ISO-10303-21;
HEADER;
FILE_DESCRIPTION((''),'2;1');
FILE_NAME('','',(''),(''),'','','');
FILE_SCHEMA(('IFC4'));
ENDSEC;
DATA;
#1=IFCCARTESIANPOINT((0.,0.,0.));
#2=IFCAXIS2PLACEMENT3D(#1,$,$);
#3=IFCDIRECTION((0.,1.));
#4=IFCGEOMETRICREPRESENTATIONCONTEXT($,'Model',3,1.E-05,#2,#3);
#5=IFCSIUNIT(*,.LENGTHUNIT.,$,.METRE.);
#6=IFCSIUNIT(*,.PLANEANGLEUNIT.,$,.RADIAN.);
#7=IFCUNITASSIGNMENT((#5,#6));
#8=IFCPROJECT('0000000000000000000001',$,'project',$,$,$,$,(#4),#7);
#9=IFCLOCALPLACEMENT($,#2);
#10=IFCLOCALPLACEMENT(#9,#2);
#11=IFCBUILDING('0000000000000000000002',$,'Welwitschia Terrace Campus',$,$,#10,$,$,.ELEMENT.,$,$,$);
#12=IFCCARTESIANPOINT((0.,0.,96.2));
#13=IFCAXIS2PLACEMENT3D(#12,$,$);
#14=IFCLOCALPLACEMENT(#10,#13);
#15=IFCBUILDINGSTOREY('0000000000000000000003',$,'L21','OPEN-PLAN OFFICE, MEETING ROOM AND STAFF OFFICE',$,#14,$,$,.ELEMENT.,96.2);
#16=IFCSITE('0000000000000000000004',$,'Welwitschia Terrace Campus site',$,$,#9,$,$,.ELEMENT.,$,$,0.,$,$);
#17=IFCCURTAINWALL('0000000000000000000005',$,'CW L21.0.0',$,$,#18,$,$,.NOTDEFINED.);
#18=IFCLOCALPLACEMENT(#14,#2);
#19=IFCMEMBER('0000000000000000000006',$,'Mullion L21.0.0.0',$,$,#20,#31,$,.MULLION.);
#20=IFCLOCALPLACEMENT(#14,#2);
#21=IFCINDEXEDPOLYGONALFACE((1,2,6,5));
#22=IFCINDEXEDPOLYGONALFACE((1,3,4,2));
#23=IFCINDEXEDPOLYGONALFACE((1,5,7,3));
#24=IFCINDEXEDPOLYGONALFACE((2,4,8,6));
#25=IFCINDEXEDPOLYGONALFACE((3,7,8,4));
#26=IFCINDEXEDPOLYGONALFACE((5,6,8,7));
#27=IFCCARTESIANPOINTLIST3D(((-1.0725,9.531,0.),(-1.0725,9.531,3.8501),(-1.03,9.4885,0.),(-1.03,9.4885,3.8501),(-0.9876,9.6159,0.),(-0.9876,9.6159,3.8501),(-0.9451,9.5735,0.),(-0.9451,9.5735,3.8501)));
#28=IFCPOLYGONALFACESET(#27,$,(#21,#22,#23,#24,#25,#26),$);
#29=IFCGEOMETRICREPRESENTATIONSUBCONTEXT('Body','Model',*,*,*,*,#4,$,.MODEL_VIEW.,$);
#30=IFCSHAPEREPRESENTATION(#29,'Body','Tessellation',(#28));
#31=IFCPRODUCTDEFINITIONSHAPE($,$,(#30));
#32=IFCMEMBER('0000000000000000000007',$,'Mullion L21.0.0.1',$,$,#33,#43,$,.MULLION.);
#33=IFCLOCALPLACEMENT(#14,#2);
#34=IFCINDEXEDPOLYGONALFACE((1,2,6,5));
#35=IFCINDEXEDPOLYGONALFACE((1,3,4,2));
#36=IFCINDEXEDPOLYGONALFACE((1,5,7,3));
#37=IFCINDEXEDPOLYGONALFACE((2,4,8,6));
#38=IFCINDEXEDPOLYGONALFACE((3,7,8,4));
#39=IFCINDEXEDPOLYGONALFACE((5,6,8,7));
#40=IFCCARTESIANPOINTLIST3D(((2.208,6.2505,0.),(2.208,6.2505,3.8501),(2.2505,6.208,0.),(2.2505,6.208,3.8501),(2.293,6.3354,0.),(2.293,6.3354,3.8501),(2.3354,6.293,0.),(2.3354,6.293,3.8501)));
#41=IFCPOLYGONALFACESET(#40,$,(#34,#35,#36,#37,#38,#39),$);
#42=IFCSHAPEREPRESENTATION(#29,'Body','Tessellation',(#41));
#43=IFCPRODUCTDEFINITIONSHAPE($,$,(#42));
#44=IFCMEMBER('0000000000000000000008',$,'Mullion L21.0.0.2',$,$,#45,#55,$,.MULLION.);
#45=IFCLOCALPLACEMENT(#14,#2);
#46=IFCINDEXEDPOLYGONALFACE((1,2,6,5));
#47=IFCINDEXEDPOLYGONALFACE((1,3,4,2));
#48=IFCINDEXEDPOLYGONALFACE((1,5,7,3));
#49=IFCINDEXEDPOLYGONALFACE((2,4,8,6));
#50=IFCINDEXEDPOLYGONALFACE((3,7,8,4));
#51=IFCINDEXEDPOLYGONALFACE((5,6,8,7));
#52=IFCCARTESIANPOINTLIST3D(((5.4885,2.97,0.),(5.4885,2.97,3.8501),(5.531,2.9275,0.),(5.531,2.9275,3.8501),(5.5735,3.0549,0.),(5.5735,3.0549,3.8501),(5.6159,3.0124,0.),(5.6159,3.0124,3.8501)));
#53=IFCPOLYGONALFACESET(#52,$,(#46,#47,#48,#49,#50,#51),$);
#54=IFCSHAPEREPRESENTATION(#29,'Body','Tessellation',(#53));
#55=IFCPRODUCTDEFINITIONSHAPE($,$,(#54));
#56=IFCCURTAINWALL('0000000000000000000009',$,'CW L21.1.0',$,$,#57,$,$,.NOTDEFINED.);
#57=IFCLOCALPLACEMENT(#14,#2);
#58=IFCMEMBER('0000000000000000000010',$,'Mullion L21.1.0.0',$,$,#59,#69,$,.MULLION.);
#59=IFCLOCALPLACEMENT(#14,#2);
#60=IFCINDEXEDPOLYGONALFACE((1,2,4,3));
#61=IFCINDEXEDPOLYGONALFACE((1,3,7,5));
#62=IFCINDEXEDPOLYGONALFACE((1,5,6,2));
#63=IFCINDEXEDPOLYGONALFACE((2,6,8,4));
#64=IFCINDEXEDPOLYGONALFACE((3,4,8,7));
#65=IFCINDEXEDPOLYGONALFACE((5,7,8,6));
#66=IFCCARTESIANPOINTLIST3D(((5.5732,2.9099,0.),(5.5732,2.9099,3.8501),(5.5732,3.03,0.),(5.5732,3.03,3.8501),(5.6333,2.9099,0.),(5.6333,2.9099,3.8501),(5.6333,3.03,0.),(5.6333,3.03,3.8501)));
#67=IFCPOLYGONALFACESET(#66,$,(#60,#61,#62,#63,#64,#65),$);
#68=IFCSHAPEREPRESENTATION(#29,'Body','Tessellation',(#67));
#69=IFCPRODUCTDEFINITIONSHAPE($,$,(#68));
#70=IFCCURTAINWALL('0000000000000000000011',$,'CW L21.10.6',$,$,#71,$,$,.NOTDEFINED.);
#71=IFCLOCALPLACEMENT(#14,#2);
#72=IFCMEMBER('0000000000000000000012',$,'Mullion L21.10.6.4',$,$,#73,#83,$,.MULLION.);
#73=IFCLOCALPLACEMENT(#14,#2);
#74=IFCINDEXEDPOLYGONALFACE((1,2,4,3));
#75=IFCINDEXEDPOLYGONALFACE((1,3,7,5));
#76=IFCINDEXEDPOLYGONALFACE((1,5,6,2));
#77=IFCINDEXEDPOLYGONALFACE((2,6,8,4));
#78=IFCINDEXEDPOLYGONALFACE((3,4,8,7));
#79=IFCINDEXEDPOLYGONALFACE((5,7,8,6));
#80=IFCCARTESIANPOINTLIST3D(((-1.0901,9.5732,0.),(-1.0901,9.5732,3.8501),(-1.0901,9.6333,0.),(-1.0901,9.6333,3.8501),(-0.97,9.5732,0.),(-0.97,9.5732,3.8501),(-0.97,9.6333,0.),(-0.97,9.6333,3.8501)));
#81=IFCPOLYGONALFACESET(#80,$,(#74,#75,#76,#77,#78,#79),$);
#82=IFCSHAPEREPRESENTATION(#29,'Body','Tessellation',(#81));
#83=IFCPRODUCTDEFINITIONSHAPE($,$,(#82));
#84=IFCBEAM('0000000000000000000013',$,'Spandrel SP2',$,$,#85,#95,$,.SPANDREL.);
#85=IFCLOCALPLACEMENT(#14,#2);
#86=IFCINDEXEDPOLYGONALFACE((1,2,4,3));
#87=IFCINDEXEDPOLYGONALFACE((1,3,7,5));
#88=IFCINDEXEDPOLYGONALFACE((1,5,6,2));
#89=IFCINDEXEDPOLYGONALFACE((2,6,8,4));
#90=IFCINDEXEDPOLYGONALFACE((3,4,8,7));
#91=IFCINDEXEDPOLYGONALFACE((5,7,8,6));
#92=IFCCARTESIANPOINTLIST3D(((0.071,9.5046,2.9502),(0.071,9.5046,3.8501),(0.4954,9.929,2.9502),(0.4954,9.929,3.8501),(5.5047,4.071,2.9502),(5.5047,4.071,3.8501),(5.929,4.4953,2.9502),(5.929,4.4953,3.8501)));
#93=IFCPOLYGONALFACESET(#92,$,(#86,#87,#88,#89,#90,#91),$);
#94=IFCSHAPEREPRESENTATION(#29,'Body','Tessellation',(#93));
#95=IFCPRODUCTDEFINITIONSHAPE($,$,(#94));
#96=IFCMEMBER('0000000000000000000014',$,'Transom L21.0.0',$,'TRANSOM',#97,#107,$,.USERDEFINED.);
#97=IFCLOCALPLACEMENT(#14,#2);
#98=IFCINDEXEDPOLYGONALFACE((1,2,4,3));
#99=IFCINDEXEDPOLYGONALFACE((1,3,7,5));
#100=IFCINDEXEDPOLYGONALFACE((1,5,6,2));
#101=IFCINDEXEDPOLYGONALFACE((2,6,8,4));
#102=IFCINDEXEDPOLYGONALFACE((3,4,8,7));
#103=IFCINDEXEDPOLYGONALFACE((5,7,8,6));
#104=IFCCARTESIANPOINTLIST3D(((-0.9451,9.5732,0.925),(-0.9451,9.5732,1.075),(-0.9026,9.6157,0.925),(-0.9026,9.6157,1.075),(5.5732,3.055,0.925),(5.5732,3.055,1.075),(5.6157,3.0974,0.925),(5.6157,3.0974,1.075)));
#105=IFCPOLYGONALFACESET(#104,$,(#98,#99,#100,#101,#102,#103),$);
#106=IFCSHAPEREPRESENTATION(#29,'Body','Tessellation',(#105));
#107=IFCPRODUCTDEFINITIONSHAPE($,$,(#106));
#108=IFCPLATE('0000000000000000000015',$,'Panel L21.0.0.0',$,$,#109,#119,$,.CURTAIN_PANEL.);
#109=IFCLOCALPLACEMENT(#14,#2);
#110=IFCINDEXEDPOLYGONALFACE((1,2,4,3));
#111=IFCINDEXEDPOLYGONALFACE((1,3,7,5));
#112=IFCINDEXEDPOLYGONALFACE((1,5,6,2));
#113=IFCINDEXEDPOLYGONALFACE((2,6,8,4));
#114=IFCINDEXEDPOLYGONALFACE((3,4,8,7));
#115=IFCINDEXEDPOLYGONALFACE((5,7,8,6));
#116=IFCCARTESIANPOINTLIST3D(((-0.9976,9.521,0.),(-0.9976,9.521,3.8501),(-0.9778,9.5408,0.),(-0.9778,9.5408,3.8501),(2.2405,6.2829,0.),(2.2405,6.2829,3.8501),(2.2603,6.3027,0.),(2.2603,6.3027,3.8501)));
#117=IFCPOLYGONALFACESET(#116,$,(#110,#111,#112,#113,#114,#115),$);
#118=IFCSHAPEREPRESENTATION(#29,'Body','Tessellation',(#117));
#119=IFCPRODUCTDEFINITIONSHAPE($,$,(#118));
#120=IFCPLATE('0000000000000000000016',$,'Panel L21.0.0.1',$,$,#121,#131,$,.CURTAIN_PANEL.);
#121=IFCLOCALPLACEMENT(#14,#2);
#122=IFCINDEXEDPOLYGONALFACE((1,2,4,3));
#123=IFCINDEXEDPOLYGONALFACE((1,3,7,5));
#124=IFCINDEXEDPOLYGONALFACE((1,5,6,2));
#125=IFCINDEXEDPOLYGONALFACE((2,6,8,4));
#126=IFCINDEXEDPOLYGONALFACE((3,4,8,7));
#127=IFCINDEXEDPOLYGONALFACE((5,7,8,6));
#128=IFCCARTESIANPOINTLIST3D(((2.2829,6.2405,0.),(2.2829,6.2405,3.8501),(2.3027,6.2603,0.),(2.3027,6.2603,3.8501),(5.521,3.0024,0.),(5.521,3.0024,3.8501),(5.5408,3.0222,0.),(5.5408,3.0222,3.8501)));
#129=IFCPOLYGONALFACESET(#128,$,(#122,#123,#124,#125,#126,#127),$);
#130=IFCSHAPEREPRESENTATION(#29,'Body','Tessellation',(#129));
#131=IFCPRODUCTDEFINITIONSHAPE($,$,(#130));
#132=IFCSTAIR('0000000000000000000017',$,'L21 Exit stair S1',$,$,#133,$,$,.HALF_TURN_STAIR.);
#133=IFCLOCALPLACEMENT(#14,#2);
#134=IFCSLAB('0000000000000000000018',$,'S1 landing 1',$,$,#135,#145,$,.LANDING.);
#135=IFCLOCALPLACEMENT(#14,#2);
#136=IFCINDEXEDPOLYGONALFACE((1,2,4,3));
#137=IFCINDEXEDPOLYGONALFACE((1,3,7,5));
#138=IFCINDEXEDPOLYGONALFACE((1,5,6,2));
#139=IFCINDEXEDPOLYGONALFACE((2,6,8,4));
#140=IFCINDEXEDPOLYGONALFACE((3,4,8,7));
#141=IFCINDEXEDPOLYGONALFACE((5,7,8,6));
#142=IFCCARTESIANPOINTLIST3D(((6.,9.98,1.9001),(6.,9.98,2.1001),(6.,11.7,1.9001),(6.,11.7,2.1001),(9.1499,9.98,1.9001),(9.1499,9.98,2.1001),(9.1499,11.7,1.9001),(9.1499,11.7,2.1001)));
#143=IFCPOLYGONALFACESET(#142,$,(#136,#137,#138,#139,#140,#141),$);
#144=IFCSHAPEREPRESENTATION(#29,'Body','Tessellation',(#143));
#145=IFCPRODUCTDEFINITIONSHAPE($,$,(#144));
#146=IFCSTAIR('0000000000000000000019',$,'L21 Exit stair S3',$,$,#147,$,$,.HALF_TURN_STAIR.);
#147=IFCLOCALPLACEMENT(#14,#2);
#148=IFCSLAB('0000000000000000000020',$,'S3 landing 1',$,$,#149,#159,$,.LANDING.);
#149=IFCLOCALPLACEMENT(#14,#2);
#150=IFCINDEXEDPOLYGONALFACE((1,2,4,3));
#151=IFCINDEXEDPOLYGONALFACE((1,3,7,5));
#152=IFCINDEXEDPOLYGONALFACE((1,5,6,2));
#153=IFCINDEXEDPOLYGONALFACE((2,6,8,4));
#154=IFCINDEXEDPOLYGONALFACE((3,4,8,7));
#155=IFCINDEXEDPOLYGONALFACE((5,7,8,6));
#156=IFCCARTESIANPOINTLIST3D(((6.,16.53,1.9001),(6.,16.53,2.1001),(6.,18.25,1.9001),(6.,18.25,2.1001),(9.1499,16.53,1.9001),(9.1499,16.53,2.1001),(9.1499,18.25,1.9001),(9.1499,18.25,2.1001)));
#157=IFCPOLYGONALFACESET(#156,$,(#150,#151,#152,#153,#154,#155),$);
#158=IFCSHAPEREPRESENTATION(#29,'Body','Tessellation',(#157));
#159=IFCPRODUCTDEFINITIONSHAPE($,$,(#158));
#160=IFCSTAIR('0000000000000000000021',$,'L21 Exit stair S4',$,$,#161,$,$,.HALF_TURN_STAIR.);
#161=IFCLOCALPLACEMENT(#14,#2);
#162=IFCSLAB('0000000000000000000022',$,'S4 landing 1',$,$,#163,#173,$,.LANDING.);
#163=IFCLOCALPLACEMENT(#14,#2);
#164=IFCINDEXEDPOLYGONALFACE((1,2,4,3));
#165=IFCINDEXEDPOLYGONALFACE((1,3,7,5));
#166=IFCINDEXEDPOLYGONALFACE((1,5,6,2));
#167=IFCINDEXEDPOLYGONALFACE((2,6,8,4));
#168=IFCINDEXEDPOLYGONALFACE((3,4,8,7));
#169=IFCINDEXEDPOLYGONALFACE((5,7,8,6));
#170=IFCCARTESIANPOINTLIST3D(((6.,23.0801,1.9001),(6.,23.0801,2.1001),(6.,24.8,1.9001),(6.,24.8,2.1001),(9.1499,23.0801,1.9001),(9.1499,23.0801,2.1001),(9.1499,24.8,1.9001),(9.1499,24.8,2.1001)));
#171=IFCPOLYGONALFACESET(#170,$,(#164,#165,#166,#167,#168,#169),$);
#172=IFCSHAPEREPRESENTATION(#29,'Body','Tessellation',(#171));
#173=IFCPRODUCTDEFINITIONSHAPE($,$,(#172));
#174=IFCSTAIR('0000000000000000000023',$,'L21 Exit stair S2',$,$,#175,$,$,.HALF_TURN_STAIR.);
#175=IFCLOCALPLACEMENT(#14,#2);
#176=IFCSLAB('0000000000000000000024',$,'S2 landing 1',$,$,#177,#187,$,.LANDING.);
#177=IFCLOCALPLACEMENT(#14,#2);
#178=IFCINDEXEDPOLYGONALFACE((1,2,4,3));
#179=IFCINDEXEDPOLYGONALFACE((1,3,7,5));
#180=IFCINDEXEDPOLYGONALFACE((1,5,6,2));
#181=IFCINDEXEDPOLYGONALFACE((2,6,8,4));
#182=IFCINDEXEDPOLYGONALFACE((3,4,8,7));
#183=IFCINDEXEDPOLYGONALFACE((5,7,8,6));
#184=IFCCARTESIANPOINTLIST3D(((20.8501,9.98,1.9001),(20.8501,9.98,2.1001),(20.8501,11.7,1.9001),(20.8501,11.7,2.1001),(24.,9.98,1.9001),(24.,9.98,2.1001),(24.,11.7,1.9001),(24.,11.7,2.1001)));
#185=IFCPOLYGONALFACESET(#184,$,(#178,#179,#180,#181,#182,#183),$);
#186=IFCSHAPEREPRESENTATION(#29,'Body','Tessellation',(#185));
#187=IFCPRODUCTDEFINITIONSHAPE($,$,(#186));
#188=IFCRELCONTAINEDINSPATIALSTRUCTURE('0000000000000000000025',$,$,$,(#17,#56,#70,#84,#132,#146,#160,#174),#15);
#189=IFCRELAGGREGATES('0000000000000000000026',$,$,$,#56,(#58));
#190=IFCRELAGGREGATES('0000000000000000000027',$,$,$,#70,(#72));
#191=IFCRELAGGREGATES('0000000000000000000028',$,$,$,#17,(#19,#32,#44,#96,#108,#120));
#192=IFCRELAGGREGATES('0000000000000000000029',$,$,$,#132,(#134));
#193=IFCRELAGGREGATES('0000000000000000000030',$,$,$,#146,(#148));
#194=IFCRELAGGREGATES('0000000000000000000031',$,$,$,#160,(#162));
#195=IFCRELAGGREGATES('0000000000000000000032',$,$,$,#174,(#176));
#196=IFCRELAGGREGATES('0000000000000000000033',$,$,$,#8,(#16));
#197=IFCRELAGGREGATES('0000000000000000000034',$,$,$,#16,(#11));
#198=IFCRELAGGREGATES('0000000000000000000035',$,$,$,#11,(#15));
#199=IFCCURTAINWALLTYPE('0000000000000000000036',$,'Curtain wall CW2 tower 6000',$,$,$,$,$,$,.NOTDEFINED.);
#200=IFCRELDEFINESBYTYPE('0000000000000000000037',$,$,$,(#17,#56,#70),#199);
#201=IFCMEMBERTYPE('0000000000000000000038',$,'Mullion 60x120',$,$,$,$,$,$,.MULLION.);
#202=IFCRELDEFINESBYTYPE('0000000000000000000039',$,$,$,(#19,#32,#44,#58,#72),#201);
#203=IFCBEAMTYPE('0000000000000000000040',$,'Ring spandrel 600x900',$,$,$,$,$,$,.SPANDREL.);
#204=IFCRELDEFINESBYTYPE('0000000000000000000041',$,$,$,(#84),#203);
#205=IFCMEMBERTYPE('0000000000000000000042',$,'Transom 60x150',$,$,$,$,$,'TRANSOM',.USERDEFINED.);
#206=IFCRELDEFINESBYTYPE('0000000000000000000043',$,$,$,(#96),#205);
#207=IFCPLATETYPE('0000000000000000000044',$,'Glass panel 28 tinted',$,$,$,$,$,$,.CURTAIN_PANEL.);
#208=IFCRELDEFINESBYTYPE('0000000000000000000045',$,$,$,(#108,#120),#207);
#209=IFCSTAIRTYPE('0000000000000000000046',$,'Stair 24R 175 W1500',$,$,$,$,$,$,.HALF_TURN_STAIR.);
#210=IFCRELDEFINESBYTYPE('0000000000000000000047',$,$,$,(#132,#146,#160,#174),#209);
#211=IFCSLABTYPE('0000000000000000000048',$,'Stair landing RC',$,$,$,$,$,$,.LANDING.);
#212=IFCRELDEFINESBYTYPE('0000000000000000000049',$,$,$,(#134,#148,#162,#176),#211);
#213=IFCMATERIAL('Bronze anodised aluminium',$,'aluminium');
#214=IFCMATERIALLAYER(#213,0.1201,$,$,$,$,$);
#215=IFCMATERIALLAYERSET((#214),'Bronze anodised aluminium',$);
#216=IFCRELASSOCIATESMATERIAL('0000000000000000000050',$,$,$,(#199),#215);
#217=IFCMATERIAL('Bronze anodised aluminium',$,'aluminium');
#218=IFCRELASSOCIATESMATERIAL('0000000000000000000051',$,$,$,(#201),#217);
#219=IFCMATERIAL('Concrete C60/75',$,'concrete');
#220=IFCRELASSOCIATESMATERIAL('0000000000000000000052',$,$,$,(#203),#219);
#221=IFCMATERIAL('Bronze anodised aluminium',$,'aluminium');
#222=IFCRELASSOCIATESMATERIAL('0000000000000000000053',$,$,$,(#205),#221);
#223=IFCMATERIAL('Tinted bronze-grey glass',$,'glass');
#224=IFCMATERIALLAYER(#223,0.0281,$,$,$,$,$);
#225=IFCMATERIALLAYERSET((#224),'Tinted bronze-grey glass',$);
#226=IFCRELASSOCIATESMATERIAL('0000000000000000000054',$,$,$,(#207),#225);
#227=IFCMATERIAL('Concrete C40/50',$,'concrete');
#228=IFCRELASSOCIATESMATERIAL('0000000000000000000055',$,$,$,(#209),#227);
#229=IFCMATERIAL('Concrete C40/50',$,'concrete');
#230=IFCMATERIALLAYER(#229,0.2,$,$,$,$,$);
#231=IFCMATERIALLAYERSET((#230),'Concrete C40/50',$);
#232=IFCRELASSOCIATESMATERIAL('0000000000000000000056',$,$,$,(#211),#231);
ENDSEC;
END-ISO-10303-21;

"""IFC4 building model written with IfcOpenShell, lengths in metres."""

from ifc_helpers import new_model, si_unit, direction, frame, origin, origin_2d, place, context, subcontext, project, spatial, polyline, rectangle, outline, extrude, material, layer, layer_set, material_profile, profile_set, type_object, element, aggregate, save


model = new_model("IFC4")

# Units and contexts
model_context = context("Model", 3, precision=1e-05, world=origin(), true_north=direction((0.0, 1.0)))
body_context = subcontext(model_context, "Body", "Model", "MODEL_VIEW")
ifc_project = project(units=[si_unit("LENGTHUNIT", "METRE"), si_unit("PLANEANGLEUNIT", "RADIAN")], contexts=[model_context])

# Site, building, storey
site_placement = place(None, origin())
site = spatial("IfcSite", under=ifc_project, at=site_placement, Name="Welwitschia Terrace Campus site", CompositionType="ELEMENT", RefElevation=0.0)
building_placement = place(site_placement, origin())
building = spatial("IfcBuilding", under=site, at=building_placement, Name="Welwitschia Terrace Campus", CompositionType="ELEMENT")
storey_placement = place(building_placement, frame((0.0, 0.0, 96.2)))
storey = spatial("IfcBuildingStorey", under=building, at=storey_placement, Name="L21", Description="OPEN-PLAN OFFICE, MEETING ROOM AND STAFF OFFICE", CompositionType="ELEMENT", Elevation=96.2)

# Curtain wall, members
ifc_material_1 = material(Name="Bronze anodised aluminium", Category="aluminium")
ifc_layer_1 = layer(ifc_material_1, 0.1201)
ifc_layer_set_1 = layer_set([ifc_layer_1], Name="Bronze anodised aluminium")
curtain_wall_type = type_object("IfcCurtainWallType", Name="Curtain wall CW2 tower 6000", PredefinedType="NOTDEFINED", material=ifc_layer_set_1)
curtain_wall_1_placement = place(storey_placement, origin())
curtain_wall_1 = element("IfcCurtainWall", 1, at=curtain_wall_1_placement, inside=storey, type_object=curtain_wall_type, Name="CW L21.0.0", PredefinedType="NOTDEFINED")
ifc_material_2 = material(Name="Bronze anodised aluminium", Category="aluminium")
ifc_material_profile_1 = material_profile(ifc_material_2, rectangle(XDim=0.1201, YDim=0.0601, at=origin_2d()))
ifc_profile_set_1 = profile_set([ifc_material_profile_1], Name="Bronze anodised aluminium")
member_type_1 = type_object("IfcMemberType", Name="Mullion 60x120", PredefinedType="MULLION", material=ifc_profile_set_1)
member_1_placement = place(storey_placement, frame((-1.0088, 9.5522, 0.0), z_axis=(0.0, 0.0, 1.0), x_axis=(0.707107, 0.707107, 0.0)))
member_1 = element("IfcMember", 2, at=member_1_placement, type_object=member_type_1, Name="Mullion L21.0.0.0", PredefinedType="MULLION", context=body_context, shape_type="SweptSolid", body=[
    extrude(rectangle(XDim=0.1201, YDim=0.0601, at=origin_2d()), origin(), (0.0, 0.0, 1.0), 3.8501),
])
member_2_placement = place(storey_placement, frame((2.2717, 6.2717, 0.0), z_axis=(0.0, 0.0, 1.0), x_axis=(0.707107, 0.707107, 0.0)))
member_2 = element("IfcMember", 3, at=member_2_placement, type_object=member_type_1, Name="Mullion L21.0.0.1", PredefinedType="MULLION", context=body_context, shape_type="SweptSolid", body=[
    extrude(rectangle(XDim=0.1201, YDim=0.0601, at=origin_2d()), origin(), (0.0, 0.0, 1.0), 3.8501),
])
member_3_placement = place(storey_placement, frame((5.5522, 2.9912, 0.0), z_axis=(0.0, 0.0, 1.0), x_axis=(0.707107, 0.707107, 0.0)))
member_3 = element("IfcMember", 4, at=member_3_placement, type_object=member_type_1, Name="Mullion L21.0.0.2", PredefinedType="MULLION", context=body_context, shape_type="SweptSolid", body=[
    extrude(rectangle(XDim=0.1201, YDim=0.0601, at=origin_2d()), origin(), (0.0, 0.0, 1.0), 3.8501),
])

# Curtain walls, members
curtain_wall_2_placement = place(storey_placement, origin())
curtain_wall_2 = element("IfcCurtainWall", 5, at=curtain_wall_2_placement, inside=storey, type_object=curtain_wall_type, Name="CW L21.1.0", PredefinedType="NOTDEFINED")
member_4_placement = place(storey_placement, frame((5.6033, 2.97, 0.0), z_axis=(0.0, 0.0, 1.0), x_axis=(0.0, 1.0, 0.0)))
member_4 = element("IfcMember", 6, at=member_4_placement, type_object=member_type_1, Name="Mullion L21.1.0.0", PredefinedType="MULLION", context=body_context, shape_type="SweptSolid", body=[
    extrude(rectangle(XDim=0.1201, YDim=0.0601, at=origin_2d()), origin(), (0.0, 0.0, 1.0), 3.8501),
])
aggregate(curtain_wall_2, [member_4])
curtain_wall_3_placement = place(storey_placement, origin())
curtain_wall_3 = element("IfcCurtainWall", 7, at=curtain_wall_3_placement, inside=storey, type_object=curtain_wall_type, Name="CW L21.10.6", PredefinedType="NOTDEFINED")
member_5_placement = place(storey_placement, frame((-1.03, 9.6033, 0.0), z_axis=(0.0, 0.0, 1.0), x_axis=(1.0, 0.0, 0.0)))
member_5 = element("IfcMember", 8, at=member_5_placement, type_object=member_type_1, Name="Mullion L21.10.6.4", PredefinedType="MULLION", context=body_context, shape_type="SweptSolid", body=[
    extrude(rectangle(XDim=0.1201, YDim=0.0601, at=origin_2d()), origin(), (0.0, 0.0, 1.0), 3.8501),
])
aggregate(curtain_wall_3, [member_5])

# Beam
ifc_material_3 = material(Name="Concrete C60/75", Category="concrete")
ifc_material_profile_2 = material_profile(ifc_material_3, rectangle(XDim=0.6001, YDim=0.8999, at=origin_2d()))
ifc_profile_set_2 = profile_set([ifc_material_profile_2], Name="Concrete C60/75")
beam_type = type_object("IfcBeamType", Name="Ring spandrel 600x900", PredefinedType="SPANDREL", material=ifc_profile_set_2)
beam_placement = place(storey_placement, frame((0.2832, 9.7168, 3.4001), z_axis=(0.707107, -0.707107, 0.0), x_axis=(0.707107, 0.707107, 0.0)))
element("IfcBeam", 9, at=beam_placement, inside=storey, type_object=beam_type, Name="Spandrel SP2", PredefinedType="SPANDREL", context=body_context, shape_type="SweptSolid", body=[
    extrude(rectangle(XDim=0.6001, YDim=0.8999, at=origin_2d()), origin(), (0.0, 0.0, 1.0), 7.6843),
])

# Member
ifc_material_4 = material(Name="Bronze anodised aluminium", Category="aluminium")
ifc_material_profile_3 = material_profile(ifc_material_4, rectangle(XDim=0.0601, YDim=0.1499, at=origin_2d()))
ifc_profile_set_3 = profile_set([ifc_material_profile_3], Name="Bronze anodised aluminium")
member_type_2 = type_object("IfcMemberType", Name="Transom 60x150", ElementType="TRANSOM", PredefinedType="USERDEFINED", material=ifc_profile_set_3)
member_6_placement = place(storey_placement, frame((-0.9238, 9.5945, 1.0), z_axis=(0.707107, -0.707107, 0.0), x_axis=(0.707107, 0.707107, 0.0)))
member_6 = element("IfcMember", 10, at=member_6_placement, type_object=member_type_2, Name="Transom L21.0.0", ObjectType="TRANSOM", PredefinedType="USERDEFINED", context=body_context, shape_type="SweptSolid", body=[
    extrude(rectangle(XDim=0.0601, YDim=0.1499, at=origin_2d()), origin(), (0.0, 0.0, 1.0), 9.2183),
])

# Plates
ifc_material_5 = material(Name="Tinted bronze-grey glass", Category="glass")
ifc_layer_2 = layer(ifc_material_5, 0.0281)
ifc_layer_set_2 = layer_set([ifc_layer_2], Name="Tinted bronze-grey glass")
plate_type = type_object("IfcPlateType", Name="Glass panel 28 tinted", PredefinedType="CURTAIN_PANEL", material=ifc_layer_set_2)
plate_1_placement = place(storey_placement, frame((0.6313, 7.9119, 0.0), z_axis=(0.0, 0.0, 1.0), x_axis=(0.707107, -0.707107, 0.0)))
plate_1 = element("IfcPlate", 11, at=plate_1_placement, type_object=plate_type, Name="Panel L21.0.0.0", PredefinedType="CURTAIN_PANEL", context=body_context, shape_type="SweptSolid", body=[
    extrude(rectangle(XDim=4.5793, YDim=0.0281, at=origin_2d()), origin(), (0.0, 0.0, 1.0), 3.8501),
])
plate_2_placement = place(storey_placement, frame((3.9119, 4.6313, 0.0), z_axis=(0.0, 0.0, 1.0), x_axis=(0.707107, -0.707107, 0.0)))
plate_2 = element("IfcPlate", 12, at=plate_2_placement, type_object=plate_type, Name="Panel L21.0.0.1", PredefinedType="CURTAIN_PANEL", context=body_context, shape_type="SweptSolid", body=[
    extrude(rectangle(XDim=4.5793, YDim=0.0281, at=origin_2d()), origin(), (0.0, 0.0, 1.0), 3.8501),
])
aggregate(curtain_wall_1, [member_1, member_2, member_3, member_6, plate_1, plate_2])

# Stairs, slabs
ifc_material_6 = material(Name="Concrete C40/50", Category="concrete")
stair_type = type_object("IfcStairType", Name="Stair 24R 175 W1500", PredefinedType="HALF_TURN_STAIR", material=ifc_material_6)
stair_1_placement = place(storey_placement, origin())
stair_1 = element("IfcStair", 13, at=stair_1_placement, inside=storey, type_object=stair_type, Name="L21 Exit stair S1", PredefinedType="HALF_TURN_STAIR")
ifc_material_7 = material(Name="Concrete C40/50", Category="concrete")
ifc_layer_3 = layer(ifc_material_7, 0.2)
ifc_layer_set_3 = layer_set([ifc_layer_3], Name="Concrete C40/50")
slab_type_1 = type_object("IfcSlabType", Name="Stair landing RC", PredefinedType="LANDING", material=ifc_layer_set_3)
slab_1_placement = place(storey_placement, frame((0.0, 0.0, 1.9001)))
slab_1 = element("IfcSlab", 14, at=slab_1_placement, type_object=slab_type_1, Name="S1 landing 1", PredefinedType="LANDING", context=body_context, shape_type="SweptSolid", body=[
    extrude(outline(polyline([(9.1499, 9.98), (9.1499, 11.7), (6.0, 11.7), (6.0, 9.98), (9.1499, 9.98)])), origin(), (0.0, 0.0, 1.0), 0.2),
])
aggregate(stair_1, [slab_1])
stair_2_placement = place(storey_placement, origin())
stair_2 = element("IfcStair", 15, at=stair_2_placement, inside=storey, type_object=stair_type, Name="L21 Exit stair S3", PredefinedType="HALF_TURN_STAIR")
slab_2_placement = place(storey_placement, frame((0.0, 0.0, 1.9001)))
slab_2 = element("IfcSlab", 16, at=slab_2_placement, type_object=slab_type_1, Name="S3 landing 1", PredefinedType="LANDING", context=body_context, shape_type="SweptSolid", body=[
    extrude(outline(polyline([(9.1499, 16.53), (9.1499, 18.25), (6.0, 18.25), (6.0, 16.53), (9.1499, 16.53)])), origin(), (0.0, 0.0, 1.0), 0.2),
])
aggregate(stair_2, [slab_2])
stair_3_placement = place(storey_placement, origin())
stair_3 = element("IfcStair", 17, at=stair_3_placement, inside=storey, type_object=stair_type, Name="L21 Exit stair S4", PredefinedType="HALF_TURN_STAIR")
slab_3_placement = place(storey_placement, frame((0.0, 0.0, 1.9001)))
slab_3 = element("IfcSlab", 18, at=slab_3_placement, type_object=slab_type_1, Name="S4 landing 1", PredefinedType="LANDING", context=body_context, shape_type="SweptSolid", body=[
    extrude(outline(polyline([(9.1499, 23.0801), (9.1499, 24.8), (6.0, 24.8), (6.0, 23.0801), (9.1499, 23.0801)])), origin(), (0.0, 0.0, 1.0), 0.2),
])
aggregate(stair_3, [slab_3])
stair_4_placement = place(storey_placement, origin())
stair_4 = element("IfcStair", 19, at=stair_4_placement, inside=storey, type_object=stair_type, Name="L21 Exit stair S2", PredefinedType="HALF_TURN_STAIR")
slab_4_placement = place(storey_placement, frame((0.0, 0.0, 1.9001)))
slab_4 = element("IfcSlab", 20, at=slab_4_placement, type_object=slab_type_1, Name="S2 landing 1", PredefinedType="LANDING", context=body_context, shape_type="SweptSolid", body=[
    extrude(outline(polyline([(24.0, 9.98), (24.0, 11.7), (20.8501, 11.7), (20.8501, 9.98), (24.0, 9.98)])), origin(), (0.0, 0.0, 1.0), 0.2),
])
aggregate(stair_4, [slab_4])

save(model, "model.ifc")
